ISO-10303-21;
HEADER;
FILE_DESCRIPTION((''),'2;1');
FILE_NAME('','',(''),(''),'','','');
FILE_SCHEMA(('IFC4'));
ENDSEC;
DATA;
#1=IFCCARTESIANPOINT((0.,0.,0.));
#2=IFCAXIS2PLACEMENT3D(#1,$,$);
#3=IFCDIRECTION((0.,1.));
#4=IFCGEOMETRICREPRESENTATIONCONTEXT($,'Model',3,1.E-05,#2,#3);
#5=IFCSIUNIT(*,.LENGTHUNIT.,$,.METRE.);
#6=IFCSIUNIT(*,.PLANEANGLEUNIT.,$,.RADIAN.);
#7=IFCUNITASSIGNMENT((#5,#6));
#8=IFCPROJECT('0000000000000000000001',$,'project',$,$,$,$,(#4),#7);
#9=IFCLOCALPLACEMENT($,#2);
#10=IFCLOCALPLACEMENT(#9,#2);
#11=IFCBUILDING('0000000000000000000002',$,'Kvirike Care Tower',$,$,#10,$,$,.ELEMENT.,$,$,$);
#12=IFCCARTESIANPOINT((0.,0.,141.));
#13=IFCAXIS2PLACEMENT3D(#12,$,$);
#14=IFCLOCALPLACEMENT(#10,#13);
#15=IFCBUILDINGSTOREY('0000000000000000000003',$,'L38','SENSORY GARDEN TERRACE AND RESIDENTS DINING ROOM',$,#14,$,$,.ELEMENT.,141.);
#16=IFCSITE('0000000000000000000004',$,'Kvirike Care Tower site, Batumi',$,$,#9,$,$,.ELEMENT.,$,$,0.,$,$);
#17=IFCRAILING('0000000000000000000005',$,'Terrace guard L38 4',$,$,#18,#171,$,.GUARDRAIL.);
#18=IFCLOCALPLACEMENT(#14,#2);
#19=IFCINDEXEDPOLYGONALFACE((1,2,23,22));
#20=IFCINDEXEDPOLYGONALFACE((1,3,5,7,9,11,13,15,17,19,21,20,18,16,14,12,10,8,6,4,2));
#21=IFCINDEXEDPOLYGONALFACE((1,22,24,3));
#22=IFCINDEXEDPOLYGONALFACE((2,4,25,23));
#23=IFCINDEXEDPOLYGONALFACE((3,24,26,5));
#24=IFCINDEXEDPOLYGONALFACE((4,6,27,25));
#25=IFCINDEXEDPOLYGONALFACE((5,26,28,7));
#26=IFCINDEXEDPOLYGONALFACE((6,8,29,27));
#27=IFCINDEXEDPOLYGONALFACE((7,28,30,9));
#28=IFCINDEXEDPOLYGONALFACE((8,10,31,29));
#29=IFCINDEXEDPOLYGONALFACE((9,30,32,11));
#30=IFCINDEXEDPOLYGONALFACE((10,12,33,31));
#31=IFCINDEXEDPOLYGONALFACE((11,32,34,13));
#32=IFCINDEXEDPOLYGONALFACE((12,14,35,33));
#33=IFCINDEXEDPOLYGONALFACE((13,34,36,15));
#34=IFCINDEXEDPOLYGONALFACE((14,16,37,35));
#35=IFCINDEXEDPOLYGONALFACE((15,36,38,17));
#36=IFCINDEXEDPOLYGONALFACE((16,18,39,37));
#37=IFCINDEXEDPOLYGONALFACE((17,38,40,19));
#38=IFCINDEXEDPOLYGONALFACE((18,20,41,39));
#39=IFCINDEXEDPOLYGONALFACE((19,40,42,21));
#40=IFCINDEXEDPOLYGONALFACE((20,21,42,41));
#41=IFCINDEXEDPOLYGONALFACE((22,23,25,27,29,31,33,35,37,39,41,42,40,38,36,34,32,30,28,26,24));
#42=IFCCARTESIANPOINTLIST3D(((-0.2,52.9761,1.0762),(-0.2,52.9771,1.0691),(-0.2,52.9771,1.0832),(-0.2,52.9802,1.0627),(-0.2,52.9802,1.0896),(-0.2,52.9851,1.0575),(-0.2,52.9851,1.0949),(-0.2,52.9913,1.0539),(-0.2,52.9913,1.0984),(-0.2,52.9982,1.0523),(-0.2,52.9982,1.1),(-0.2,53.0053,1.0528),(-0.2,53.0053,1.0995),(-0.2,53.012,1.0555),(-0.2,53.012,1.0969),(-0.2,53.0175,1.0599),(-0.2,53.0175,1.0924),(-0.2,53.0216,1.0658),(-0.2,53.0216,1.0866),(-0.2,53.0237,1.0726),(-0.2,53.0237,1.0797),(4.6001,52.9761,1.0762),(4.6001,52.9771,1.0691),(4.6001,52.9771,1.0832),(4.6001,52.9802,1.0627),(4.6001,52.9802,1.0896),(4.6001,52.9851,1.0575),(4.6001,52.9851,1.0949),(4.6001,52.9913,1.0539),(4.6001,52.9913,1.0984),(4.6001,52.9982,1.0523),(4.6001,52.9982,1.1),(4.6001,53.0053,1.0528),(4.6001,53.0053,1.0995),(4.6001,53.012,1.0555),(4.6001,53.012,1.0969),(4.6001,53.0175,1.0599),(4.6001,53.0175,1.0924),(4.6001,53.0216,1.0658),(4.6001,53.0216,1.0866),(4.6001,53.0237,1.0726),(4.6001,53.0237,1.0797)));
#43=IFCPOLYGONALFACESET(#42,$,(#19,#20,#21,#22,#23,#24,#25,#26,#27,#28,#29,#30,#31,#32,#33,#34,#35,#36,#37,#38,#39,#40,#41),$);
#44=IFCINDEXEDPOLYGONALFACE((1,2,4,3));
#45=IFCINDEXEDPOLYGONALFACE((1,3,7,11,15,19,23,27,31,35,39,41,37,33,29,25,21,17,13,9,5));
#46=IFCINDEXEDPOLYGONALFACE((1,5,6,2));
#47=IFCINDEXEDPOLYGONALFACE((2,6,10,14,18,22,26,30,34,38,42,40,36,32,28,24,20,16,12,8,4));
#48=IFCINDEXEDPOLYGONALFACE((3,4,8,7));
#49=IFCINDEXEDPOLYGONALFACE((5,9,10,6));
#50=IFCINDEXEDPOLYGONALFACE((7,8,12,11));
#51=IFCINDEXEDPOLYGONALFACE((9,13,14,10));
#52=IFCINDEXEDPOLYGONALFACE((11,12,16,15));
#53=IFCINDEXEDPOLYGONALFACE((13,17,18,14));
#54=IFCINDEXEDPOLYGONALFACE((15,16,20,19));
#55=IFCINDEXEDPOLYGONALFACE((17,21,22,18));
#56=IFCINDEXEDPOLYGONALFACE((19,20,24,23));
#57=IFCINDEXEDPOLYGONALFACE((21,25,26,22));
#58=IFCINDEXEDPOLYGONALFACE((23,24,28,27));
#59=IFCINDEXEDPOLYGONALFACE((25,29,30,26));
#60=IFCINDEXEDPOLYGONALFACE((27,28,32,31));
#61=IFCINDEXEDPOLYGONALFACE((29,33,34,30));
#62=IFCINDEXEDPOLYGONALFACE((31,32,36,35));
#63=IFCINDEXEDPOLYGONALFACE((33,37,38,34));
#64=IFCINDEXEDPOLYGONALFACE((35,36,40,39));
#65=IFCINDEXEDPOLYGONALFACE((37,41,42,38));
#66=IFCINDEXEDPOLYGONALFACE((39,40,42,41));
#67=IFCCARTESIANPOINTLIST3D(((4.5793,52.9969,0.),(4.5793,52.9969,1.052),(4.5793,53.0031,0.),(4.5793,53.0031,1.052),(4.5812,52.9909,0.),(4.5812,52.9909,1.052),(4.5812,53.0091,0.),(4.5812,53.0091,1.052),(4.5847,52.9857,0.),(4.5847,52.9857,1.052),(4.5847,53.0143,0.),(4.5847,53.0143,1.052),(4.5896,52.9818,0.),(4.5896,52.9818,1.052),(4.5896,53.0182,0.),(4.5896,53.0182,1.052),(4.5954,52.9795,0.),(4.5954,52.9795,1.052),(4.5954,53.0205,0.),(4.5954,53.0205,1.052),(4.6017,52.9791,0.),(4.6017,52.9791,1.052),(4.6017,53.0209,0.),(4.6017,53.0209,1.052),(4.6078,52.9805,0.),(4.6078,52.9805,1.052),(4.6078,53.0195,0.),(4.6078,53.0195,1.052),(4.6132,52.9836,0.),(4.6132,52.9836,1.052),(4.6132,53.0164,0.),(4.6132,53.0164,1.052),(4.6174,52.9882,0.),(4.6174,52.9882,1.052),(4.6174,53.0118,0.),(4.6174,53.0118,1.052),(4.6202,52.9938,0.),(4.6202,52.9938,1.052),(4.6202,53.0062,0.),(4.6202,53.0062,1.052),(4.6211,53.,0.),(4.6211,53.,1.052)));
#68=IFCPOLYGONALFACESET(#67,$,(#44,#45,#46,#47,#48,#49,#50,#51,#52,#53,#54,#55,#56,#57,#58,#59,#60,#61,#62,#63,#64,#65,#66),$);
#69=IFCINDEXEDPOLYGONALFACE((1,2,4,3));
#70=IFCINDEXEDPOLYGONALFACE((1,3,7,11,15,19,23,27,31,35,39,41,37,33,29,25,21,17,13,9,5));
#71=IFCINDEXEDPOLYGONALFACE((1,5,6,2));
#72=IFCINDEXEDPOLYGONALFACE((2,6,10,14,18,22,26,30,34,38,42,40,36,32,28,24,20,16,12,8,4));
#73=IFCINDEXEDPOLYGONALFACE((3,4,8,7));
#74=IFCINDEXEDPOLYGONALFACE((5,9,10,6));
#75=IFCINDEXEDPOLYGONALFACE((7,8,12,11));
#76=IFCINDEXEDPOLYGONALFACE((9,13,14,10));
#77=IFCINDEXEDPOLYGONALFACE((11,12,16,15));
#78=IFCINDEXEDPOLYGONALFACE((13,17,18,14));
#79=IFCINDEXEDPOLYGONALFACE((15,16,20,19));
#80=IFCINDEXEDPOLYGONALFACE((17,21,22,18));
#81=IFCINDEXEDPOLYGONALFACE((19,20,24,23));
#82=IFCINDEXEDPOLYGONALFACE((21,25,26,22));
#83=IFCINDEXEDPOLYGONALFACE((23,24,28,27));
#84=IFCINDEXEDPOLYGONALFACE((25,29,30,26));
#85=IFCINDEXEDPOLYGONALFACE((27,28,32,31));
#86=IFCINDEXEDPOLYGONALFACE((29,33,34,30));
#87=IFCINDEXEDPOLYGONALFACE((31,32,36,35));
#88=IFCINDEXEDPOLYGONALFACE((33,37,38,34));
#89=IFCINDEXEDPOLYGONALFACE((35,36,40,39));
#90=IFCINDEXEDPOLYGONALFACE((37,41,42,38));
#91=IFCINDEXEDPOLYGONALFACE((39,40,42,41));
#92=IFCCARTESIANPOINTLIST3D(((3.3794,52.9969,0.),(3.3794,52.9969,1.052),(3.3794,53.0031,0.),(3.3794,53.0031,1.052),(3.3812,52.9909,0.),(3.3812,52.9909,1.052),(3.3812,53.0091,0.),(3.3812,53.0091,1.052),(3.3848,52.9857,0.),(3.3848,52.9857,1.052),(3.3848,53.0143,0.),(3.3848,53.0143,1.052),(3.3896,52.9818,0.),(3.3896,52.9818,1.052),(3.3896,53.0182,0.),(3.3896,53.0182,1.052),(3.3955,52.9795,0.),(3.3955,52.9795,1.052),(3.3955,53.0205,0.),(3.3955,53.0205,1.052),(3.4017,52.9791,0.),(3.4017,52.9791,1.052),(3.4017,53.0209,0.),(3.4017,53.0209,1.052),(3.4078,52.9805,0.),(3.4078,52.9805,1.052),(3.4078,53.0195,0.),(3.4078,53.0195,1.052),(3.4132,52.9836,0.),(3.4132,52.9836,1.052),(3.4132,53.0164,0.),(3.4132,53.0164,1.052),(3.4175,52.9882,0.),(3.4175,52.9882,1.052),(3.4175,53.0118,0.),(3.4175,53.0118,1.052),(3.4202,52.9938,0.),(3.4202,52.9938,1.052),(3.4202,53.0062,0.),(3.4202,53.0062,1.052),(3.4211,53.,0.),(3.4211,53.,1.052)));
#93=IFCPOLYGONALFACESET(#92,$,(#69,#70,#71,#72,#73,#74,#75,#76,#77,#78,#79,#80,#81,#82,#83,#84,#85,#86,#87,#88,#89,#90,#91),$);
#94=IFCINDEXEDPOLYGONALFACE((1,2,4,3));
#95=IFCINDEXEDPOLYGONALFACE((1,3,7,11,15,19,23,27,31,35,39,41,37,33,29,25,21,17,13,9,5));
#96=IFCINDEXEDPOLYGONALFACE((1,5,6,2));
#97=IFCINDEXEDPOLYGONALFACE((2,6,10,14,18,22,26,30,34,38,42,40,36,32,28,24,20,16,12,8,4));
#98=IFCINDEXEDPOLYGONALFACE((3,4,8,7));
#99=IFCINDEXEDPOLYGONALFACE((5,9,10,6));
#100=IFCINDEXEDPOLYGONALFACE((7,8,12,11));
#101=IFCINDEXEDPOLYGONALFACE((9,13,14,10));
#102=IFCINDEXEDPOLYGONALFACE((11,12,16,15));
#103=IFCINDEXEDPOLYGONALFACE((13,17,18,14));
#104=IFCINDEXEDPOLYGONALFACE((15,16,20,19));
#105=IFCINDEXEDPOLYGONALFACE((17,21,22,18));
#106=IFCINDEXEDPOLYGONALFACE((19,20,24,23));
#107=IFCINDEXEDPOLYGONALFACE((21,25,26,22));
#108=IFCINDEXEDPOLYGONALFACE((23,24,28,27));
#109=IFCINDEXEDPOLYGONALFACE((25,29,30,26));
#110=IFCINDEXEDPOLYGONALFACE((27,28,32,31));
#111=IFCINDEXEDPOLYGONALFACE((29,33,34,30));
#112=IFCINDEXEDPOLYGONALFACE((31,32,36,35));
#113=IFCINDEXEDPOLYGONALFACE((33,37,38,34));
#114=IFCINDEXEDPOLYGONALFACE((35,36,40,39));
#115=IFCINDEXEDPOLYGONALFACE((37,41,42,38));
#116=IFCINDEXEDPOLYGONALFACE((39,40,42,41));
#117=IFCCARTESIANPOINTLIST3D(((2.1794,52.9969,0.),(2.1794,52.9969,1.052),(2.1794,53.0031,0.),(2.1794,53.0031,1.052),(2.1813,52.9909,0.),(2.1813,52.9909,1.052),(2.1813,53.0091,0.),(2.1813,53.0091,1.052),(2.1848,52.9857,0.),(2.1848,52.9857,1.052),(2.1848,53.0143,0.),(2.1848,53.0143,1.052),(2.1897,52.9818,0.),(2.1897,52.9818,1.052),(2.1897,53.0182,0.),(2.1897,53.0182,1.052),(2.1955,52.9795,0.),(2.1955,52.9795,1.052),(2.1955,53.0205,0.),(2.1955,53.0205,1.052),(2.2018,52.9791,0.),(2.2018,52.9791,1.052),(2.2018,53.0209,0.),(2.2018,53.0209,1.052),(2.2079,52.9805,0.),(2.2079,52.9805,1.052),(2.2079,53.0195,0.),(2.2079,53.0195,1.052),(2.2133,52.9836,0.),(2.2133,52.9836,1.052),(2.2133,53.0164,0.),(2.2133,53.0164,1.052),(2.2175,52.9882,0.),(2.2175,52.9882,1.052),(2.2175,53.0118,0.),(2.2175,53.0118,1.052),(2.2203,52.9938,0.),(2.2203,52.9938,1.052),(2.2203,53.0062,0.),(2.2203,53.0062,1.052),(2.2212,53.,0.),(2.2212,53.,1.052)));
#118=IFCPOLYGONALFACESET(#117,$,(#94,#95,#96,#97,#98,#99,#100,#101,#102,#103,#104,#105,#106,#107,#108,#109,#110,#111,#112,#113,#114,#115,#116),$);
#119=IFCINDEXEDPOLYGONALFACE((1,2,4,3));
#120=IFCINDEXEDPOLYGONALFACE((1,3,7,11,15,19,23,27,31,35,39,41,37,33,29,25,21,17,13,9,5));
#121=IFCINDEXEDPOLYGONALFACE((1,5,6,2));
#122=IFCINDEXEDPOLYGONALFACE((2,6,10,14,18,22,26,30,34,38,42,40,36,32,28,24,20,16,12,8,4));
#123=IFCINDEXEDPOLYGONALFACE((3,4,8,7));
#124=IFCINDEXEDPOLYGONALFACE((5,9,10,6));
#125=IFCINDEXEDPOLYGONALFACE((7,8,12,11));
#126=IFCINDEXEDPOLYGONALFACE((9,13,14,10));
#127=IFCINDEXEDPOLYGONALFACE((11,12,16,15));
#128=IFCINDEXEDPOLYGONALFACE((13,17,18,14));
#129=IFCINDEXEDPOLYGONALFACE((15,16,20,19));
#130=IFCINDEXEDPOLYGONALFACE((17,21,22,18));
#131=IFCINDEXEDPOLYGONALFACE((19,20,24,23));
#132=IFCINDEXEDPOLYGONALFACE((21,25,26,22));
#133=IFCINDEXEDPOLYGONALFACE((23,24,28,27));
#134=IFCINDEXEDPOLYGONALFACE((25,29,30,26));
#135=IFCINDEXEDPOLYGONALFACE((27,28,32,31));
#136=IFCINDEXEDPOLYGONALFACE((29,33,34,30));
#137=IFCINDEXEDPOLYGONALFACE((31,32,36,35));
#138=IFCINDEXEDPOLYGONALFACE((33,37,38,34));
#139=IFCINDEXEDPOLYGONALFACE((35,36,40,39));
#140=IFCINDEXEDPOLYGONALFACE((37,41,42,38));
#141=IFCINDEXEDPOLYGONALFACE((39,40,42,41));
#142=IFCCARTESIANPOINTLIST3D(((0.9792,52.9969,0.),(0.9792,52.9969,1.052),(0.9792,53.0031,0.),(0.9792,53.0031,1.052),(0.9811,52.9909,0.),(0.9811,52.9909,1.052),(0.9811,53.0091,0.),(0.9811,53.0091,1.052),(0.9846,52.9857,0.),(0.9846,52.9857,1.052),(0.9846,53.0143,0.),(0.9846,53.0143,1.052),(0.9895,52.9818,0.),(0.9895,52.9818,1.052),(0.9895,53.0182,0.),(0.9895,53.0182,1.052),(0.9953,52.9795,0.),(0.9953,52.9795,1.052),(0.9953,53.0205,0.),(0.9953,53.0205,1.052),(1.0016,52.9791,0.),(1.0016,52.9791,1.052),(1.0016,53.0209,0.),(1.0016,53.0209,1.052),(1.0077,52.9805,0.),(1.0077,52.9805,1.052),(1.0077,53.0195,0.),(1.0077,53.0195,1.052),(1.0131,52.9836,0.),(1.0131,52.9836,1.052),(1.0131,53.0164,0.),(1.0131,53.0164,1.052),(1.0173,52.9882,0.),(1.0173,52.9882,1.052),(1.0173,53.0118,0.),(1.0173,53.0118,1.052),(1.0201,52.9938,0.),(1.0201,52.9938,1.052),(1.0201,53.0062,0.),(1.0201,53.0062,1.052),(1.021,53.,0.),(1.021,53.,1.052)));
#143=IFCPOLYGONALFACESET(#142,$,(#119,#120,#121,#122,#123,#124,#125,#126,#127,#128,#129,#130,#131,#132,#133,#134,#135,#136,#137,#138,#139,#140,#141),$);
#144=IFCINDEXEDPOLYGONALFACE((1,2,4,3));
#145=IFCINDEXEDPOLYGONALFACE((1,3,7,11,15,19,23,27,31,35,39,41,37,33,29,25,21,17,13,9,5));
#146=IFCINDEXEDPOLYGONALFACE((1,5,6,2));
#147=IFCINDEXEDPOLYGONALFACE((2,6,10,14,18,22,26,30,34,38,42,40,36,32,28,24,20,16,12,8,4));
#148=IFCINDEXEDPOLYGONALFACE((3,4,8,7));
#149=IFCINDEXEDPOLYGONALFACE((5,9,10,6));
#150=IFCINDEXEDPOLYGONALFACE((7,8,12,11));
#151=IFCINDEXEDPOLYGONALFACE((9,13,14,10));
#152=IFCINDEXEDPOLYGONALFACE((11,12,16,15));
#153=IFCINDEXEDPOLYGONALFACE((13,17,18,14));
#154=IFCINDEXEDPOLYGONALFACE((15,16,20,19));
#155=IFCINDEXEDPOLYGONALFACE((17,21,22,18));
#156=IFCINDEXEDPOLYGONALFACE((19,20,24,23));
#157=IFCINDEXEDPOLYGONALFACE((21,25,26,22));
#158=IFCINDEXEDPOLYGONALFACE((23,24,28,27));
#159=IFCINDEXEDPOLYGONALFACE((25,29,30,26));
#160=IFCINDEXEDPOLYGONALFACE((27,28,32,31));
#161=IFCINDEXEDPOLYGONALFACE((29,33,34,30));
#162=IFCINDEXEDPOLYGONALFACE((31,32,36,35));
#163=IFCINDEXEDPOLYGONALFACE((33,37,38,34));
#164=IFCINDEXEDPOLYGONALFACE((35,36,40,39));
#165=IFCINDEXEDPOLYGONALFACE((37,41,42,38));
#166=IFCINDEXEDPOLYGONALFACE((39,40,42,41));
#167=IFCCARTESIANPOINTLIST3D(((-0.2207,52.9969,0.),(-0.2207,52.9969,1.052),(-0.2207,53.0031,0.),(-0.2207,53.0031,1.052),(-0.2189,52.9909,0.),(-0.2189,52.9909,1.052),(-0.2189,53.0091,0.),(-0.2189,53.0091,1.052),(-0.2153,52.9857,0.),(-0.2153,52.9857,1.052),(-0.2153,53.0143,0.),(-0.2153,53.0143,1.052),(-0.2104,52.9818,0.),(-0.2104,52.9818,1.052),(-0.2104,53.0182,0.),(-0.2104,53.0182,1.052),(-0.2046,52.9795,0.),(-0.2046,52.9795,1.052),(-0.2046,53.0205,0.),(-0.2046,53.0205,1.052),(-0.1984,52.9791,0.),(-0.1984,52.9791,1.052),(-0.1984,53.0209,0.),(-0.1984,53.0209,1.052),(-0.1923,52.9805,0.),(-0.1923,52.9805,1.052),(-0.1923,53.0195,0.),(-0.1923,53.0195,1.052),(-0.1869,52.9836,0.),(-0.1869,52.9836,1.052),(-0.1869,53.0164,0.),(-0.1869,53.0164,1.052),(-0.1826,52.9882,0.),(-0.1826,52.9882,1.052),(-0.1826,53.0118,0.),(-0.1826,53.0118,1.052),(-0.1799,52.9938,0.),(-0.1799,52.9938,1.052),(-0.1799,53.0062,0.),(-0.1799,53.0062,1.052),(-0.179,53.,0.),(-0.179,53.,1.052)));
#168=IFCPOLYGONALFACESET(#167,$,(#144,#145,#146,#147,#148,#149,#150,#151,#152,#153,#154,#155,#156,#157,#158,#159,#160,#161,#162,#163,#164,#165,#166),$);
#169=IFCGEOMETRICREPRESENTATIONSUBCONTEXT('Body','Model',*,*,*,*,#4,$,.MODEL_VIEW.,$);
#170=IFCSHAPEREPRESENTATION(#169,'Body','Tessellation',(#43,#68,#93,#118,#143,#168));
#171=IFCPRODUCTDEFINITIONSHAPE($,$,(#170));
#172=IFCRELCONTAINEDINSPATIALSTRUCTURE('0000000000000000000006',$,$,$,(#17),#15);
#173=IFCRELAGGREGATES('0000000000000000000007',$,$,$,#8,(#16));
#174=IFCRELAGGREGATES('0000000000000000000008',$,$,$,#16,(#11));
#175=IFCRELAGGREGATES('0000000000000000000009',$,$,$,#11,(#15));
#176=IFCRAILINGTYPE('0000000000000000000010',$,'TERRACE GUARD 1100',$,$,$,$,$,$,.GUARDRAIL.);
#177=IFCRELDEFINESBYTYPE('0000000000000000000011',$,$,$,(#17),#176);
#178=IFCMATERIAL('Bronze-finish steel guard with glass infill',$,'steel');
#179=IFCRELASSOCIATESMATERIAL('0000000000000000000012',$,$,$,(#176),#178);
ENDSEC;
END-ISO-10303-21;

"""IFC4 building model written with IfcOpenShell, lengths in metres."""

from ifc_helpers import new_model, si_unit, direction, frame, origin, origin_2d, place, context, subcontext, project, spatial, circle, extrude, material, type_object, element, save


model = new_model("IFC4")

# Units and contexts
model_context = context("Model", 3, precision=1e-05, world=origin(), true_north=direction((0.0, 1.0)))
body_context = subcontext(model_context, "Body", "Model", "MODEL_VIEW")
ifc_project = project(units=[si_unit("LENGTHUNIT", "METRE"), si_unit("PLANEANGLEUNIT", "RADIAN")], contexts=[model_context])

# Site, building, storey
site_placement = place(None, origin())
site = spatial("IfcSite", under=ifc_project, at=site_placement, Name="Kvirike Care Tower site, Batumi", CompositionType="ELEMENT", RefElevation=0.0)
building_placement = place(site_placement, origin())
building = spatial("IfcBuilding", under=site, at=building_placement, Name="Kvirike Care Tower", CompositionType="ELEMENT")
storey_placement = place(building_placement, frame((0.0, 0.0, 141.0)))
storey = spatial("IfcBuildingStorey", under=building, at=storey_placement, Name="L38", Description="SENSORY GARDEN TERRACE AND RESIDENTS DINING ROOM", CompositionType="ELEMENT", Elevation=141.0)

# Railing
ifc_material_1 = material(Name="Bronze-finish steel guard with glass infill", Category="steel")
railing_type = type_object("IfcRailingType", Name="TERRACE GUARD 1100", PredefinedType="GUARDRAIL", material=ifc_material_1)
railing_1_placement = place(storey_placement, frame((4.6001, 53.0, 0.0)))
element("IfcRailing", 1, at=railing_1_placement, inside=storey, type_object=railing_type, Name="Terrace guard L38 4", PredefinedType="GUARDRAIL", context=body_context, shape_type="SweptSolid", body=[
    extrude(circle(Radius=0.0239, at=origin_2d()), frame((0.0, 0.0, 1.0762), z_axis=(-1.0, 0.0, 0.0), x_axis=(0.0, -1.0, 0.0)), (0.0, 0.0, 1.0), 4.8),
    extrude(circle(Radius=0.021, at=origin_2d()), origin(), (0.0, 0.0, 1.0), 1.052),
    extrude(circle(Radius=0.021, at=origin_2d()), frame((-1.2, 0.0, 0.0)), (0.0, 0.0, 1.0), 1.052),
    extrude(circle(Radius=0.021, at=origin_2d()), frame((-2.3999, 0.0, 0.0)), (0.0, 0.0, 1.0), 1.052),
    extrude(circle(Radius=0.021, at=origin_2d()), frame((-3.6001, 0.0, 0.0)), (0.0, 0.0, 1.0), 1.052),
    extrude(circle(Radius=0.021, at=origin_2d()), frame((-4.8, 0.0, 0.0)), (0.0, 0.0, 1.0), 1.052),
])

save(model, "model.ifc")
